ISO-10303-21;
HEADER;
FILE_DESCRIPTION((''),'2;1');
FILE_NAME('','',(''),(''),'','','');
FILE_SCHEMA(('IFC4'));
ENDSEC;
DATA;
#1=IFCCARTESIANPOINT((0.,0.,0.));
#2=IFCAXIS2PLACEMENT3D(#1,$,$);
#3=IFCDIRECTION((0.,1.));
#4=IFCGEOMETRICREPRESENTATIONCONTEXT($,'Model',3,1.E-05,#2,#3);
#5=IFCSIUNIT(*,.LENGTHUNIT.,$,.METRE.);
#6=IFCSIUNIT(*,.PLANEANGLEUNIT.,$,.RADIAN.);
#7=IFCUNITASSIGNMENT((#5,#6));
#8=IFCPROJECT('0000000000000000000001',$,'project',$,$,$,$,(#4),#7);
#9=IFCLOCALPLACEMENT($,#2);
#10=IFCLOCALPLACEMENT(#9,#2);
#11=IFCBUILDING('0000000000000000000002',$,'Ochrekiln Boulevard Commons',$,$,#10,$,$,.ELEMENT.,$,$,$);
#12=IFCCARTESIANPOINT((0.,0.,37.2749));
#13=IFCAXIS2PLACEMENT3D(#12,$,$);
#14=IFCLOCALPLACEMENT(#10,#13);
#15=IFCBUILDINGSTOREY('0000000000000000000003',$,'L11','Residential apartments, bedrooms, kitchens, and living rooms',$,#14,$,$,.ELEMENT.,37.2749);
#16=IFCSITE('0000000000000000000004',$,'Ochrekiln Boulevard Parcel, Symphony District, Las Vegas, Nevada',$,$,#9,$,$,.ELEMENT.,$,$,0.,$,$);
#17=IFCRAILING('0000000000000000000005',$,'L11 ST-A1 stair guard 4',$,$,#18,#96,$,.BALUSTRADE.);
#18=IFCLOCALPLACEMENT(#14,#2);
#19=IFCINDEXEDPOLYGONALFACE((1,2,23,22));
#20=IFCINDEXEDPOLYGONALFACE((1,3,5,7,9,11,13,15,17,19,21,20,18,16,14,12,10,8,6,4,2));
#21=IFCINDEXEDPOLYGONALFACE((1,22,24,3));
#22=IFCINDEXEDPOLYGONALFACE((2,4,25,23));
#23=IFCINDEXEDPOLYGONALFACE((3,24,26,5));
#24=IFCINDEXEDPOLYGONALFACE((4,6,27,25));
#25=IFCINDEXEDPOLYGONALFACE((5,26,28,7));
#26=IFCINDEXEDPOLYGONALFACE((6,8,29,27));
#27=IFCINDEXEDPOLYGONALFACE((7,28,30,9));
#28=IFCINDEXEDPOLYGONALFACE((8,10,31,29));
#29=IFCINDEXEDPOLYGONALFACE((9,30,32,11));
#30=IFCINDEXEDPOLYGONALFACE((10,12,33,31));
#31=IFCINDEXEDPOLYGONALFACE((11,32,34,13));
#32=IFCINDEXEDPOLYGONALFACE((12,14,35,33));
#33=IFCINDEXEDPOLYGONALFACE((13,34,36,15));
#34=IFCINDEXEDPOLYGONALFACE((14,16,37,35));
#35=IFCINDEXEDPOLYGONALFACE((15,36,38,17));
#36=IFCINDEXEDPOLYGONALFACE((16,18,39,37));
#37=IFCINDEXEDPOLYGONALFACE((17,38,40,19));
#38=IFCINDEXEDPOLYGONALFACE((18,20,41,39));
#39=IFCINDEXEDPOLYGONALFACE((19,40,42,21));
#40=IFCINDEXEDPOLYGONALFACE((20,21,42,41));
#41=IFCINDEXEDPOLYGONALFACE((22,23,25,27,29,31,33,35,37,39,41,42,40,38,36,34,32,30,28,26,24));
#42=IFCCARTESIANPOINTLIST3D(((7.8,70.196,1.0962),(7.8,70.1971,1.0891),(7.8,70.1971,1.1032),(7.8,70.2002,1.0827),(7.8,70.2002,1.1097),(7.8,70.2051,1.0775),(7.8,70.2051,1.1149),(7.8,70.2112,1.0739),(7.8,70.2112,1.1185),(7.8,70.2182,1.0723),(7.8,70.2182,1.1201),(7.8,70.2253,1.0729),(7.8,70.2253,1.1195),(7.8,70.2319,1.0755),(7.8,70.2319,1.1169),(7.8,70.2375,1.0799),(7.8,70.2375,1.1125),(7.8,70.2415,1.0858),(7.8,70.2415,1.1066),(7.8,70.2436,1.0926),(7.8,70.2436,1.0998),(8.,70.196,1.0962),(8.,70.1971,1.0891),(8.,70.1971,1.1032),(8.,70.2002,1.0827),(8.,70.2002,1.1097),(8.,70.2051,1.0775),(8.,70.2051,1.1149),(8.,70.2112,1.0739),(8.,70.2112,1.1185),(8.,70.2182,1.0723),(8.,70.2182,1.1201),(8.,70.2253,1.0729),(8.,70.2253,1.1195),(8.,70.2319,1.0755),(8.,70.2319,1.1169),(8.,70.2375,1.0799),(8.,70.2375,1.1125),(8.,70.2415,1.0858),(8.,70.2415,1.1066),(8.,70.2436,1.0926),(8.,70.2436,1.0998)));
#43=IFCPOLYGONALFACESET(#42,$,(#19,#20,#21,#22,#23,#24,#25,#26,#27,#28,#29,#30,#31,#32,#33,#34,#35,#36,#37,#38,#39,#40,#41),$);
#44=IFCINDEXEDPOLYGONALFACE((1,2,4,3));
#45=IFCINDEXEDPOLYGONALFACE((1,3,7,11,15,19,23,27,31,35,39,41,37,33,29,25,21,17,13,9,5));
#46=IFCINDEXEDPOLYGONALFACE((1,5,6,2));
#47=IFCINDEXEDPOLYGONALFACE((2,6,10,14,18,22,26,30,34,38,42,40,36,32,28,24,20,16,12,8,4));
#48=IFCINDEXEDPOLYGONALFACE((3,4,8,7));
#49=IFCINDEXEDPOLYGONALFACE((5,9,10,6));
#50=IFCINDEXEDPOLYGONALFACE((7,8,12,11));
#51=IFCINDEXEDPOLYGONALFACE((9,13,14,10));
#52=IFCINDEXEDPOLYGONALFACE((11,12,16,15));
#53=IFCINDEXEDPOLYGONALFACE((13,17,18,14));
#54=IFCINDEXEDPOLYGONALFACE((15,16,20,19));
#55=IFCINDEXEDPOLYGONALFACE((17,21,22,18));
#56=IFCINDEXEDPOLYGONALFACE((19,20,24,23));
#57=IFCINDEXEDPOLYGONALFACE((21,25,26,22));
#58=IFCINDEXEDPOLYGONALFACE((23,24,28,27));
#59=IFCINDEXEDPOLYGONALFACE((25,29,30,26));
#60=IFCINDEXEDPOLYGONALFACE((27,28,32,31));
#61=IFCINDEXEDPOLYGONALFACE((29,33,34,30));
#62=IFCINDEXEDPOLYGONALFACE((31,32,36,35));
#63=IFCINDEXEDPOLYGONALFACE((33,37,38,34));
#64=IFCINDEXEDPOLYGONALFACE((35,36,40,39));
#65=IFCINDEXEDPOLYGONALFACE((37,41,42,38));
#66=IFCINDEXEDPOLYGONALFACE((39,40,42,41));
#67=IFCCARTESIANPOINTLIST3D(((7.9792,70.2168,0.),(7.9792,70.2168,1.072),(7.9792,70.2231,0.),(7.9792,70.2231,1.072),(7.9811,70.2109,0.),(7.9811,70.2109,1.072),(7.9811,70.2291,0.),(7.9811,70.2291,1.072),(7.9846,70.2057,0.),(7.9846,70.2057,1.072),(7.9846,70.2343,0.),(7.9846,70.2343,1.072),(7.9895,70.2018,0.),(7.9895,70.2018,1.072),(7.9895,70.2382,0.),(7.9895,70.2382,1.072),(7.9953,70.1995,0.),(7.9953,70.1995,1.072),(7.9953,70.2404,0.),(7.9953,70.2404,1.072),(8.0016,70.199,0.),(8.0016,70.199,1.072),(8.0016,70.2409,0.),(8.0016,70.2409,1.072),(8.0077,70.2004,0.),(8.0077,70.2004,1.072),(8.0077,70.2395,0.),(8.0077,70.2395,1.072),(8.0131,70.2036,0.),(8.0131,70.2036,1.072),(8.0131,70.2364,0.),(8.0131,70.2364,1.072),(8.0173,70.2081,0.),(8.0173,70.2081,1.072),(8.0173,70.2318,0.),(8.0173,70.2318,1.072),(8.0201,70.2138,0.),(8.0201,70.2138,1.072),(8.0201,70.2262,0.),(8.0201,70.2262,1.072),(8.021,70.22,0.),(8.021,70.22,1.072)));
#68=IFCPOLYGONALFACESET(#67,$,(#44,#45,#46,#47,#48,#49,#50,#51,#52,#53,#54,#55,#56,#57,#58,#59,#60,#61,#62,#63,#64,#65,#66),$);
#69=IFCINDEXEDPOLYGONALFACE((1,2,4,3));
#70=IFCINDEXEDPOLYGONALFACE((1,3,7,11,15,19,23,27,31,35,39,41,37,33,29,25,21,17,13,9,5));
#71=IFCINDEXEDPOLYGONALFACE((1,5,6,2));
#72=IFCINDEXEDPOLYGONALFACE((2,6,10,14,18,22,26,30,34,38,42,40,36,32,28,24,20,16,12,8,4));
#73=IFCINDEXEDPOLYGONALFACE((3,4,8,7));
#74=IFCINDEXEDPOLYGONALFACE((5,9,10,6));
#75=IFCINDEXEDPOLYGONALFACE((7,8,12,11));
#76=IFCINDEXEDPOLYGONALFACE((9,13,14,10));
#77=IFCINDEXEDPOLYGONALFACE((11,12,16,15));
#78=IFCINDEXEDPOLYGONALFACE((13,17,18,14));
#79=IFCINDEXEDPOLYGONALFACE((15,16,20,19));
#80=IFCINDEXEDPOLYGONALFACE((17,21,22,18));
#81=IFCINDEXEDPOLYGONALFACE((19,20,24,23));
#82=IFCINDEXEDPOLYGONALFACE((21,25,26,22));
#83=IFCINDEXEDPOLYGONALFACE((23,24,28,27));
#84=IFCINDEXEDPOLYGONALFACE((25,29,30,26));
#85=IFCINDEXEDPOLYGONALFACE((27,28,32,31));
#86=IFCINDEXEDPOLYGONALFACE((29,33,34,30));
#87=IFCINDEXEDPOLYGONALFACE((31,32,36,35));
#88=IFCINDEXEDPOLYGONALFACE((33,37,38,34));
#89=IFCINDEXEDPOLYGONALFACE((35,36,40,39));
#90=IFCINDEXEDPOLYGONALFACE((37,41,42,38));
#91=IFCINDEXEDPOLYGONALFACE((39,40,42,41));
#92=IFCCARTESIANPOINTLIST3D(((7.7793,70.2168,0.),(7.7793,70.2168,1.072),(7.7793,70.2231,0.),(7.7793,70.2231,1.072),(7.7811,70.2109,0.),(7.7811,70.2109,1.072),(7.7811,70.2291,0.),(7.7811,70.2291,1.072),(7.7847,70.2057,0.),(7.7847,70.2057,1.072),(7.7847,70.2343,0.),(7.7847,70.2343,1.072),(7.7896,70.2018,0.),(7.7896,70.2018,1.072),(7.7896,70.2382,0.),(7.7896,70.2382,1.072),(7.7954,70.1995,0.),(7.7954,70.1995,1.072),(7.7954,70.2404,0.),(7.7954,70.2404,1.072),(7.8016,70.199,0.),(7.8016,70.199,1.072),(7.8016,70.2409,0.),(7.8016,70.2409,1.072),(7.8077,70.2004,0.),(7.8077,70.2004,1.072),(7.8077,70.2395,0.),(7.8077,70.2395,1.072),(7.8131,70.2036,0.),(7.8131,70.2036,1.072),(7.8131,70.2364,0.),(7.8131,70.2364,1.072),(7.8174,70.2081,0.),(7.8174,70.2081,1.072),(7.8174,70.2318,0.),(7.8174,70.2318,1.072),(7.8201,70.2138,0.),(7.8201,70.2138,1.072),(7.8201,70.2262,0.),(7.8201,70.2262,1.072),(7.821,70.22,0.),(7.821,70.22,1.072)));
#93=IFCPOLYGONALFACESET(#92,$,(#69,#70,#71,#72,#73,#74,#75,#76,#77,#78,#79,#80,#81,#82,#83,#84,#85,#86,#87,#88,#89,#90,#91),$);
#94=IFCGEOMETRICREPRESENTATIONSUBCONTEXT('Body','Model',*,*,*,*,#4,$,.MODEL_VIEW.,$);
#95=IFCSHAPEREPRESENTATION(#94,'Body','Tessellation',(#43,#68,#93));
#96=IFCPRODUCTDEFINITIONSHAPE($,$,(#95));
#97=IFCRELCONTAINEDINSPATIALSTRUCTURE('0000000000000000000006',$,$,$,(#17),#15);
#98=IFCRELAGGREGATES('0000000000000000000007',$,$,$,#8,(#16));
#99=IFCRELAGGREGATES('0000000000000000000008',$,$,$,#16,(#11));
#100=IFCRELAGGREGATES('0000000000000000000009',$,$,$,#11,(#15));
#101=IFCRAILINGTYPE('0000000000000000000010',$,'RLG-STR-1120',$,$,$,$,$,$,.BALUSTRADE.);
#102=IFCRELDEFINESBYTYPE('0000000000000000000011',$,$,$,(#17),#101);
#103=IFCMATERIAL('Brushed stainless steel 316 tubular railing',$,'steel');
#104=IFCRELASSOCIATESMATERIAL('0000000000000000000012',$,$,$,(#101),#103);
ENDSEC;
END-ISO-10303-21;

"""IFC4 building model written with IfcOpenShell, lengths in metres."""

from ifc_helpers import new_model, si_unit, direction, frame, origin, origin_2d, place, context, subcontext, project, spatial, circle, extrude, material, type_object, element, save


model = new_model("IFC4")

# Units and contexts
model_context = context("Model", 3, precision=1e-05, world=origin(), true_north=direction((0.0, 1.0)))
body_context = subcontext(model_context, "Body", "Model", "MODEL_VIEW")
ifc_project = project(units=[si_unit("LENGTHUNIT", "METRE"), si_unit("PLANEANGLEUNIT", "RADIAN")], contexts=[model_context])

# Site, building, storey
site_placement = place(None, origin())
site = spatial("IfcSite", under=ifc_project, at=site_placement, Name="Ochrekiln Boulevard Parcel, Symphony District, Las Vegas, Nevada", CompositionType="ELEMENT", RefElevation=0.0)
building_placement = place(site_placement, origin())
building = spatial("IfcBuilding", under=site, at=building_placement, Name="Ochrekiln Boulevard Commons", CompositionType="ELEMENT")
storey_placement = place(building_placement, frame((0.0, 0.0, 37.2749)))
storey = spatial("IfcBuildingStorey", under=building, at=storey_placement, Name="L11", Description="Residential apartments, bedrooms, kitchens, and living rooms", CompositionType="ELEMENT", Elevation=37.2749)

# Railing
ifc_material_1 = material(Name="Brushed stainless steel 316 tubular railing", Category="steel")
railing_type_1 = type_object("IfcRailingType", Name="RLG-STR-1120", PredefinedType="BALUSTRADE", material=ifc_material_1)
railing_1_placement = place(storey_placement, frame((8.0, 70.22, 0.0)))
element("IfcRailing", 1, at=railing_1_placement, inside=storey, type_object=railing_type_1, Name="L11 ST-A1 stair guard 4", PredefinedType="BALUSTRADE", context=body_context, shape_type="SweptSolid", body=[
    extrude(circle(Radius=0.0239, at=origin_2d()), frame((0.0, 0.0, 1.0962), z_axis=(-1.0, 0.0, 0.0), x_axis=(0.0, -1.0, 0.0)), (0.0, 0.0, 1.0), 0.2),
    extrude(circle(Radius=0.021, at=origin_2d()), origin(), (0.0, 0.0, 1.0), 1.072),
    extrude(circle(Radius=0.021, at=origin_2d()), frame((-0.2, 0.0, 0.0)), (0.0, 0.0, 1.0), 1.072),
])

save(model, "model.ifc")
